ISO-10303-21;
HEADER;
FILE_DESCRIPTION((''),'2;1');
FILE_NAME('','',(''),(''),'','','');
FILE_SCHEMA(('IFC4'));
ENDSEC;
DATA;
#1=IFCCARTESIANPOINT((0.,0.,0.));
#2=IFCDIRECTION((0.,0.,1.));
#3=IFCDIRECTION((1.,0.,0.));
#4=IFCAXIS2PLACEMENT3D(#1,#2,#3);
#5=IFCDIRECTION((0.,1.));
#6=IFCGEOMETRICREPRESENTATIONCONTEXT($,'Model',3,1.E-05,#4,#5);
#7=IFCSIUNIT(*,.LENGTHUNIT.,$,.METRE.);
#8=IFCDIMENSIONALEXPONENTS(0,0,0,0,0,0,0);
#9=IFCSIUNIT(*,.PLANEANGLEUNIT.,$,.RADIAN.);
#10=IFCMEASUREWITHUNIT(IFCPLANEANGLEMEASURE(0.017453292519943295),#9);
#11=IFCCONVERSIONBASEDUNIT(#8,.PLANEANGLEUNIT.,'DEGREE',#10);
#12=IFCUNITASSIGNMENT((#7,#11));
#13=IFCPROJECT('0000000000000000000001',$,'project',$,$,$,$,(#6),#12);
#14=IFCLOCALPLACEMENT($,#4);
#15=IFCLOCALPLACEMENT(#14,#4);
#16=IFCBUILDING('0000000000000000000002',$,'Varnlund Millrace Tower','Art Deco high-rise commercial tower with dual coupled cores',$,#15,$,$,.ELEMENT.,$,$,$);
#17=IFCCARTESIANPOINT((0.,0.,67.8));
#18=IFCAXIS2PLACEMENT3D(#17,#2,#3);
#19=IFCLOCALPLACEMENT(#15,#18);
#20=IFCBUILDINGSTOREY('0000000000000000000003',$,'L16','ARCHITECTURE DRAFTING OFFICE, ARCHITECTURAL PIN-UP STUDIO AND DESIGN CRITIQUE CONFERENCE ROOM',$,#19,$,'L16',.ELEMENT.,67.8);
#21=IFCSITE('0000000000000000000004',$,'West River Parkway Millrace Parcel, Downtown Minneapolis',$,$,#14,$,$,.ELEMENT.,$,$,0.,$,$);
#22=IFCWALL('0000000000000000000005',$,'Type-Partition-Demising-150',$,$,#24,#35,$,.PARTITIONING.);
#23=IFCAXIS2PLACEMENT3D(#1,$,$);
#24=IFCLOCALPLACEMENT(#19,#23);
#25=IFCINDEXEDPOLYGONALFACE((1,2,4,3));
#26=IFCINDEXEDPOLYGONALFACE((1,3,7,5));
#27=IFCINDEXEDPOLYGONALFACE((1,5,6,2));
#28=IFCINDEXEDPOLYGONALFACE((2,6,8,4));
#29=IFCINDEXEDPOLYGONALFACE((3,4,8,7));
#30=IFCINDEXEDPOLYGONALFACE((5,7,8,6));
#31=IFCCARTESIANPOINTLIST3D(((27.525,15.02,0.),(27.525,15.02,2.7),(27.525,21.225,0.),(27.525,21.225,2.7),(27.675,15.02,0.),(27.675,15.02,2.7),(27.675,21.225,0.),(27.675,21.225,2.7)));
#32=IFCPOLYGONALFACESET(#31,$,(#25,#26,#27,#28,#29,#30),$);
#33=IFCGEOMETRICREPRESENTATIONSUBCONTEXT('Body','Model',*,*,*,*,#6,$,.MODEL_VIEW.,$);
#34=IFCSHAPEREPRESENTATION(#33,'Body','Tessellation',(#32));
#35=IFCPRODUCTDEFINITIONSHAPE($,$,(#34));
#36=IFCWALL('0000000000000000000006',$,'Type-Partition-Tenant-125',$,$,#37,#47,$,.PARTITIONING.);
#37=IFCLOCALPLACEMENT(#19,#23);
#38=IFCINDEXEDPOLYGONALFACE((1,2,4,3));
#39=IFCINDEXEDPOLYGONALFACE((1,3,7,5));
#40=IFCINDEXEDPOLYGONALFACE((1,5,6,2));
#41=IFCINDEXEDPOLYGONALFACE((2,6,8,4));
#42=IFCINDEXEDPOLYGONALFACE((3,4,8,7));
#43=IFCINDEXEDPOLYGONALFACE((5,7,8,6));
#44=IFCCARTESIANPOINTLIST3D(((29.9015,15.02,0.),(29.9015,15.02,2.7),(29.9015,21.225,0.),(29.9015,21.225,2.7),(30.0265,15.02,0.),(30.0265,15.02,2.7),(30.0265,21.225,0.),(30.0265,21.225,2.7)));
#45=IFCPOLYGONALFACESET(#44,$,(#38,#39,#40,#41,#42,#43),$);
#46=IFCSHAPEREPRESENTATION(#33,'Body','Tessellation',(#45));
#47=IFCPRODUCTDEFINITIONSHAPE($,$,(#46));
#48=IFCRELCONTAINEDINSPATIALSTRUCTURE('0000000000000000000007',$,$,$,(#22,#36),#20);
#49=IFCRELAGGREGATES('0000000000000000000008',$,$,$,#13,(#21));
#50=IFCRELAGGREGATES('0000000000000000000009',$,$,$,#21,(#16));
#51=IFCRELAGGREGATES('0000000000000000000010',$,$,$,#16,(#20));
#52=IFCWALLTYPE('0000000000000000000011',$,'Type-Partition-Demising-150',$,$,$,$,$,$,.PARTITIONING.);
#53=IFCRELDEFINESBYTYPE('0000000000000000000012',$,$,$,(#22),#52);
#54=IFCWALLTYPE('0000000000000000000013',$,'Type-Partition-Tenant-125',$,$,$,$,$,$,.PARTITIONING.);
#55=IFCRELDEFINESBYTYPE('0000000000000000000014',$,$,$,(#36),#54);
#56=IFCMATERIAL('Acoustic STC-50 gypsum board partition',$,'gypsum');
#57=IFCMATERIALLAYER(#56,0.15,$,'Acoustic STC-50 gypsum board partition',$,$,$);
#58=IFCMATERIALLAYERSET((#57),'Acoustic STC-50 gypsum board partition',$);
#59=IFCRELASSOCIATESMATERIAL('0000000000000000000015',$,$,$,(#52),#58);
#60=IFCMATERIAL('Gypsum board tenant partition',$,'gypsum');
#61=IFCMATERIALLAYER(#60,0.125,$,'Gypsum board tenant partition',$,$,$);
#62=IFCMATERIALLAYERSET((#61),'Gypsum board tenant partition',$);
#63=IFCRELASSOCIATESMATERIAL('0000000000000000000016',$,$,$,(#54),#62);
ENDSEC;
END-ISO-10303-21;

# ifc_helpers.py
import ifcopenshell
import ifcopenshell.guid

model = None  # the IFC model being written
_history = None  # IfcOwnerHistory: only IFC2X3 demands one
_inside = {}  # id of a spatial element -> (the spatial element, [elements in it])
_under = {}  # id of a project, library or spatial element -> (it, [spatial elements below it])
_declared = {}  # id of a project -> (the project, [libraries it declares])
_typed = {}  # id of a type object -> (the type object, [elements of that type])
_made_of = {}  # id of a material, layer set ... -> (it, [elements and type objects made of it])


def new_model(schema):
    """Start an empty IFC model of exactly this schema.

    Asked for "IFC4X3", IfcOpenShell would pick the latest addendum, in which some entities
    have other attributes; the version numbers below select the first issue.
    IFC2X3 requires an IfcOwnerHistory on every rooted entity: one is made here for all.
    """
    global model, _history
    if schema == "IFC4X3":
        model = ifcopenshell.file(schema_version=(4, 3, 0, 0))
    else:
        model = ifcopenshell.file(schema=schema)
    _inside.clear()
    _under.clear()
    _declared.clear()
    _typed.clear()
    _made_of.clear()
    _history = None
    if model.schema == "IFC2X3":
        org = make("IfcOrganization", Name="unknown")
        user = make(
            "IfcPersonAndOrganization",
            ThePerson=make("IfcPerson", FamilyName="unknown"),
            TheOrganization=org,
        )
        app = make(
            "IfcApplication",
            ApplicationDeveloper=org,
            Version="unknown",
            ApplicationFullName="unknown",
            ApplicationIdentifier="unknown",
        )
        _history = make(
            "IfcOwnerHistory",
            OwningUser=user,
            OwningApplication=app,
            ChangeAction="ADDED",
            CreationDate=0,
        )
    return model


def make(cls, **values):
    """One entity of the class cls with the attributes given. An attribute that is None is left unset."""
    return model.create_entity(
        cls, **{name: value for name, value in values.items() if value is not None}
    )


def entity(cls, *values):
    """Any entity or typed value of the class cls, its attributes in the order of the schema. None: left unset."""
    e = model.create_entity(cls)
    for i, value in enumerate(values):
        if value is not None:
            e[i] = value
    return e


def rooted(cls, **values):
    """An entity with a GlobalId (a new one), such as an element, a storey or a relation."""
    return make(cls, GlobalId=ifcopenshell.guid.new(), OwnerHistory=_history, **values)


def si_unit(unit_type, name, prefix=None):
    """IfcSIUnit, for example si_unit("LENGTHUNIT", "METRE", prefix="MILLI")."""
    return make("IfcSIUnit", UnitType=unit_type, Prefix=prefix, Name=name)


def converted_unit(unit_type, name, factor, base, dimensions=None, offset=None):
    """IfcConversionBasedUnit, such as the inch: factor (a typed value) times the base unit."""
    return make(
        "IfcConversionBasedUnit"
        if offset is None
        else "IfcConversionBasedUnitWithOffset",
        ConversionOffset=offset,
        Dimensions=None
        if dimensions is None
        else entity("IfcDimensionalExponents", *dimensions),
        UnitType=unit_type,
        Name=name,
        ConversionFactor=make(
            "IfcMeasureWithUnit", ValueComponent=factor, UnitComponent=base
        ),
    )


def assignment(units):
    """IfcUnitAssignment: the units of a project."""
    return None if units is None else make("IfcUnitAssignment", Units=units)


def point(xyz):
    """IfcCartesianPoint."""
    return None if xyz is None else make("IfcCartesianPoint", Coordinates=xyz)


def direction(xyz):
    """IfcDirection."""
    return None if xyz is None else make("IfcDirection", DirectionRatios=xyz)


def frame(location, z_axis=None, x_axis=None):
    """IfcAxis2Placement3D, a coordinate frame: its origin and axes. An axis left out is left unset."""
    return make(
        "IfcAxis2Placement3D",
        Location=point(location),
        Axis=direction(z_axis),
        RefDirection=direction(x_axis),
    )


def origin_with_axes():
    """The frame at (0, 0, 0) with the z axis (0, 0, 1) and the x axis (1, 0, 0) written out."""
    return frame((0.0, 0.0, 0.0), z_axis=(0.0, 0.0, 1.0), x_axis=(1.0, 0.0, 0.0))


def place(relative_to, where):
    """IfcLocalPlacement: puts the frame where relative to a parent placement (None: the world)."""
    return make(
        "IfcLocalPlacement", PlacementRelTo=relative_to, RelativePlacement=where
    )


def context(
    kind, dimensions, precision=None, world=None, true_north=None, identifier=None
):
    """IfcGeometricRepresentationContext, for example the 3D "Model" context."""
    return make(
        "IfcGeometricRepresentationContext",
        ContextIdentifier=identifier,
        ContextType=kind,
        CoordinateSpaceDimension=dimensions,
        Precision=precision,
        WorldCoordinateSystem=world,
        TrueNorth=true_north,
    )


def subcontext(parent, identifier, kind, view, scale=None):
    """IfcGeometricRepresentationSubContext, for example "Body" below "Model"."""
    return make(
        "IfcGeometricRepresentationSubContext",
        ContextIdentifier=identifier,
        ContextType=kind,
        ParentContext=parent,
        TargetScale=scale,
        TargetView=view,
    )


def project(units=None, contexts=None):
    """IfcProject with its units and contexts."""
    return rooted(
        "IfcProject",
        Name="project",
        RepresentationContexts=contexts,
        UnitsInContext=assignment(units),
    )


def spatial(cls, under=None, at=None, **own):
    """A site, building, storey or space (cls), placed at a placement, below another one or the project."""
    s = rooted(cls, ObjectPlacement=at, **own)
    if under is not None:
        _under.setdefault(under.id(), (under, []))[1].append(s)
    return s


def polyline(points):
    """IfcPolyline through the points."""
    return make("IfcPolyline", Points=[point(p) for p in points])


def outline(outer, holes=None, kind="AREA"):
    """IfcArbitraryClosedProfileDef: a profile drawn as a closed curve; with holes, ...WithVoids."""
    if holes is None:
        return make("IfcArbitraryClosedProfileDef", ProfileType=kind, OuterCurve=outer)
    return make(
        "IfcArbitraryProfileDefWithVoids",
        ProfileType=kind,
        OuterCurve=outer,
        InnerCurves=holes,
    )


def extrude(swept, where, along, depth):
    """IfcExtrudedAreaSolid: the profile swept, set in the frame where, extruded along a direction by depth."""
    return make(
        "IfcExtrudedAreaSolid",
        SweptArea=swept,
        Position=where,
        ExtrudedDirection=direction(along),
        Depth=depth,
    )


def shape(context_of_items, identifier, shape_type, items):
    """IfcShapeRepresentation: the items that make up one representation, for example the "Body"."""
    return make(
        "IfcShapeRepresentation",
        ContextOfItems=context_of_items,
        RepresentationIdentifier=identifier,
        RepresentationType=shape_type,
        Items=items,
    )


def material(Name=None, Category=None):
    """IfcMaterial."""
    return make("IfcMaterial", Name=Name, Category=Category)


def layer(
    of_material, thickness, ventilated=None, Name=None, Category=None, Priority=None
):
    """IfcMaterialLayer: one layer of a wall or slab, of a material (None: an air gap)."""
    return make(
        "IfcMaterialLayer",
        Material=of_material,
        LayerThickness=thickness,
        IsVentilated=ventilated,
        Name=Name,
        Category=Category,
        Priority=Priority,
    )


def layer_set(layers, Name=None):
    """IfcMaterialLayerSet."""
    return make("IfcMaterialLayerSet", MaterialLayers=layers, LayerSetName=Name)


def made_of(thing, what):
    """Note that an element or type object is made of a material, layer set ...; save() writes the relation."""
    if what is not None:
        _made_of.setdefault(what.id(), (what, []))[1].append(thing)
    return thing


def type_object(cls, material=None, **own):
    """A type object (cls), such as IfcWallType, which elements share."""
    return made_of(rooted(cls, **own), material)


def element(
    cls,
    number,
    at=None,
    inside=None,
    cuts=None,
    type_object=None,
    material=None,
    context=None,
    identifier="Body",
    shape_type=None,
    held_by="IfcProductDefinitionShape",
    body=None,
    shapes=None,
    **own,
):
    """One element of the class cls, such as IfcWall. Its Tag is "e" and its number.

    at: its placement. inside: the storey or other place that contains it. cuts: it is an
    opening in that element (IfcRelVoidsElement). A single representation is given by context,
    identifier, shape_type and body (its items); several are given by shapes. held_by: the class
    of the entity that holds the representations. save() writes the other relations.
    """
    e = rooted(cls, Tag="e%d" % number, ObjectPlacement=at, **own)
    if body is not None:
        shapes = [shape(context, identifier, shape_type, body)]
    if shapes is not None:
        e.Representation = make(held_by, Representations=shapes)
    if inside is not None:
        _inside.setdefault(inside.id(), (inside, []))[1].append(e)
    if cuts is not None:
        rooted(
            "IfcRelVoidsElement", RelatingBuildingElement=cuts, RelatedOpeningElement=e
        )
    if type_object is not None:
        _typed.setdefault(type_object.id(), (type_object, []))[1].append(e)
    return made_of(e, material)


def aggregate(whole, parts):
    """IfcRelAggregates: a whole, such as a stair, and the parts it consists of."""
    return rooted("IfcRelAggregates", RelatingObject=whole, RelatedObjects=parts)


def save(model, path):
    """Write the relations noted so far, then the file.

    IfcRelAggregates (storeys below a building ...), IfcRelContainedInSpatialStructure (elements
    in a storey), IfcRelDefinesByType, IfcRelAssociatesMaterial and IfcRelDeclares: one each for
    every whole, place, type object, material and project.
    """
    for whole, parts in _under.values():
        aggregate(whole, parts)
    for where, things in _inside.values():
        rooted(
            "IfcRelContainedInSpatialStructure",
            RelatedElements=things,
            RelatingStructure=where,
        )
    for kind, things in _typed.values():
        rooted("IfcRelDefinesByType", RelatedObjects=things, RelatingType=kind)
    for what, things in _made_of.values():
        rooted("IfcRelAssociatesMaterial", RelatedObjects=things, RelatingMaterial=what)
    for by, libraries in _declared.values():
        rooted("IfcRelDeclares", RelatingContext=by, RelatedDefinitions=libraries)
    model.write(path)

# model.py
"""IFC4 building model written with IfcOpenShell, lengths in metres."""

from ifc_helpers import new_model, entity, si_unit, converted_unit, direction, frame, origin_with_axes, place, context, subcontext, project, spatial, polyline, outline, extrude, material, layer, layer_set, type_object, element, save


model = new_model("IFC4")

# Units and contexts
model_context = context("Model", 3, precision=1e-05, world=origin_with_axes(), true_north=direction((0.0, 1.0)))
body_context = subcontext(model_context, "Body", "Model", "MODEL_VIEW")
ifc_project = project(units=[si_unit("LENGTHUNIT", "METRE"), converted_unit("PLANEANGLEUNIT", "DEGREE", entity("IfcPlaneAngleMeasure", 0.017453292519943295), si_unit("PLANEANGLEUNIT", "RADIAN"), dimensions=[0, 0, 0, 0, 0, 0, 0])], contexts=[model_context])

# Site, building, storey
site_placement = place(None, origin_with_axes())
site = spatial("IfcSite", under=ifc_project, at=site_placement, Name="West River Parkway Millrace Parcel, Downtown Minneapolis", CompositionType="ELEMENT", RefElevation=0.0)
building_placement = place(site_placement, origin_with_axes())
building = spatial("IfcBuilding", under=site, at=building_placement, Name="Varnlund Millrace Tower", Description="Art Deco high-rise commercial tower with dual coupled cores", CompositionType="ELEMENT")
storey_placement = place(building_placement, frame((0.0, 0.0, 67.8), z_axis=(0.0, 0.0, 1.0), x_axis=(1.0, 0.0, 0.0)))
storey = spatial("IfcBuildingStorey", under=building, at=storey_placement, Name="L16", Description="ARCHITECTURE DRAFTING OFFICE, ARCHITECTURAL PIN-UP STUDIO AND DESIGN CRITIQUE CONFERENCE ROOM", LongName="L16", CompositionType="ELEMENT", Elevation=67.8)

# Walls
ifc_material_1 = material(Name="Acoustic STC-50 gypsum board partition", Category="gypsum")
ifc_layer_1 = layer(ifc_material_1, 0.15, Name="Acoustic STC-50 gypsum board partition")
ifc_layer_set_1 = layer_set([ifc_layer_1], Name="Acoustic STC-50 gypsum board partition")
wall_type_1 = type_object("IfcWallType", Name="Type-Partition-Demising-150", PredefinedType="PARTITIONING", material=ifc_layer_set_1)
wall_1_placement = place(storey_placement, frame((27.6, 15.02, 0.0), z_axis=(0.0, 0.0, 1.0), x_axis=(0.0, 1.0, 0.0)))
element("IfcWall", 1, at=wall_1_placement, inside=storey, type_object=wall_type_1, Name="Type-Partition-Demising-150", PredefinedType="PARTITIONING", context=body_context, shape_type="SweptSolid", body=[
    extrude(outline(polyline([(0.0, -0.075), (6.205, -0.075), (6.205, 0.075), (0.0, 0.075), (0.0, -0.075)])), origin_with_axes(), (0.0, 0.0, 1.0), 2.7),
])
ifc_material_2 = material(Name="Gypsum board tenant partition", Category="gypsum")
ifc_layer_2 = layer(ifc_material_2, 0.125, Name="Gypsum board tenant partition")
ifc_layer_set_2 = layer_set([ifc_layer_2], Name="Gypsum board tenant partition")
wall_type_2 = type_object("IfcWallType", Name="Type-Partition-Tenant-125", PredefinedType="PARTITIONING", material=ifc_layer_set_2)
wall_2_placement = place(storey_placement, frame((29.964, 15.02, 0.0), z_axis=(0.0, 0.0, 1.0), x_axis=(0.0, 1.0, 0.0)))
element("IfcWall", 2, at=wall_2_placement, inside=storey, type_object=wall_type_2, Name="Type-Partition-Tenant-125", PredefinedType="PARTITIONING", context=body_context, shape_type="SweptSolid", body=[
    extrude(outline(polyline([(0.0, -0.0625), (6.205, -0.0625), (6.205, 0.0625), (0.0, 0.0625), (0.0, -0.0625)])), origin_with_axes(), (0.0, 0.0, 1.0), 2.7),
])

save(model, "model.ifc")
